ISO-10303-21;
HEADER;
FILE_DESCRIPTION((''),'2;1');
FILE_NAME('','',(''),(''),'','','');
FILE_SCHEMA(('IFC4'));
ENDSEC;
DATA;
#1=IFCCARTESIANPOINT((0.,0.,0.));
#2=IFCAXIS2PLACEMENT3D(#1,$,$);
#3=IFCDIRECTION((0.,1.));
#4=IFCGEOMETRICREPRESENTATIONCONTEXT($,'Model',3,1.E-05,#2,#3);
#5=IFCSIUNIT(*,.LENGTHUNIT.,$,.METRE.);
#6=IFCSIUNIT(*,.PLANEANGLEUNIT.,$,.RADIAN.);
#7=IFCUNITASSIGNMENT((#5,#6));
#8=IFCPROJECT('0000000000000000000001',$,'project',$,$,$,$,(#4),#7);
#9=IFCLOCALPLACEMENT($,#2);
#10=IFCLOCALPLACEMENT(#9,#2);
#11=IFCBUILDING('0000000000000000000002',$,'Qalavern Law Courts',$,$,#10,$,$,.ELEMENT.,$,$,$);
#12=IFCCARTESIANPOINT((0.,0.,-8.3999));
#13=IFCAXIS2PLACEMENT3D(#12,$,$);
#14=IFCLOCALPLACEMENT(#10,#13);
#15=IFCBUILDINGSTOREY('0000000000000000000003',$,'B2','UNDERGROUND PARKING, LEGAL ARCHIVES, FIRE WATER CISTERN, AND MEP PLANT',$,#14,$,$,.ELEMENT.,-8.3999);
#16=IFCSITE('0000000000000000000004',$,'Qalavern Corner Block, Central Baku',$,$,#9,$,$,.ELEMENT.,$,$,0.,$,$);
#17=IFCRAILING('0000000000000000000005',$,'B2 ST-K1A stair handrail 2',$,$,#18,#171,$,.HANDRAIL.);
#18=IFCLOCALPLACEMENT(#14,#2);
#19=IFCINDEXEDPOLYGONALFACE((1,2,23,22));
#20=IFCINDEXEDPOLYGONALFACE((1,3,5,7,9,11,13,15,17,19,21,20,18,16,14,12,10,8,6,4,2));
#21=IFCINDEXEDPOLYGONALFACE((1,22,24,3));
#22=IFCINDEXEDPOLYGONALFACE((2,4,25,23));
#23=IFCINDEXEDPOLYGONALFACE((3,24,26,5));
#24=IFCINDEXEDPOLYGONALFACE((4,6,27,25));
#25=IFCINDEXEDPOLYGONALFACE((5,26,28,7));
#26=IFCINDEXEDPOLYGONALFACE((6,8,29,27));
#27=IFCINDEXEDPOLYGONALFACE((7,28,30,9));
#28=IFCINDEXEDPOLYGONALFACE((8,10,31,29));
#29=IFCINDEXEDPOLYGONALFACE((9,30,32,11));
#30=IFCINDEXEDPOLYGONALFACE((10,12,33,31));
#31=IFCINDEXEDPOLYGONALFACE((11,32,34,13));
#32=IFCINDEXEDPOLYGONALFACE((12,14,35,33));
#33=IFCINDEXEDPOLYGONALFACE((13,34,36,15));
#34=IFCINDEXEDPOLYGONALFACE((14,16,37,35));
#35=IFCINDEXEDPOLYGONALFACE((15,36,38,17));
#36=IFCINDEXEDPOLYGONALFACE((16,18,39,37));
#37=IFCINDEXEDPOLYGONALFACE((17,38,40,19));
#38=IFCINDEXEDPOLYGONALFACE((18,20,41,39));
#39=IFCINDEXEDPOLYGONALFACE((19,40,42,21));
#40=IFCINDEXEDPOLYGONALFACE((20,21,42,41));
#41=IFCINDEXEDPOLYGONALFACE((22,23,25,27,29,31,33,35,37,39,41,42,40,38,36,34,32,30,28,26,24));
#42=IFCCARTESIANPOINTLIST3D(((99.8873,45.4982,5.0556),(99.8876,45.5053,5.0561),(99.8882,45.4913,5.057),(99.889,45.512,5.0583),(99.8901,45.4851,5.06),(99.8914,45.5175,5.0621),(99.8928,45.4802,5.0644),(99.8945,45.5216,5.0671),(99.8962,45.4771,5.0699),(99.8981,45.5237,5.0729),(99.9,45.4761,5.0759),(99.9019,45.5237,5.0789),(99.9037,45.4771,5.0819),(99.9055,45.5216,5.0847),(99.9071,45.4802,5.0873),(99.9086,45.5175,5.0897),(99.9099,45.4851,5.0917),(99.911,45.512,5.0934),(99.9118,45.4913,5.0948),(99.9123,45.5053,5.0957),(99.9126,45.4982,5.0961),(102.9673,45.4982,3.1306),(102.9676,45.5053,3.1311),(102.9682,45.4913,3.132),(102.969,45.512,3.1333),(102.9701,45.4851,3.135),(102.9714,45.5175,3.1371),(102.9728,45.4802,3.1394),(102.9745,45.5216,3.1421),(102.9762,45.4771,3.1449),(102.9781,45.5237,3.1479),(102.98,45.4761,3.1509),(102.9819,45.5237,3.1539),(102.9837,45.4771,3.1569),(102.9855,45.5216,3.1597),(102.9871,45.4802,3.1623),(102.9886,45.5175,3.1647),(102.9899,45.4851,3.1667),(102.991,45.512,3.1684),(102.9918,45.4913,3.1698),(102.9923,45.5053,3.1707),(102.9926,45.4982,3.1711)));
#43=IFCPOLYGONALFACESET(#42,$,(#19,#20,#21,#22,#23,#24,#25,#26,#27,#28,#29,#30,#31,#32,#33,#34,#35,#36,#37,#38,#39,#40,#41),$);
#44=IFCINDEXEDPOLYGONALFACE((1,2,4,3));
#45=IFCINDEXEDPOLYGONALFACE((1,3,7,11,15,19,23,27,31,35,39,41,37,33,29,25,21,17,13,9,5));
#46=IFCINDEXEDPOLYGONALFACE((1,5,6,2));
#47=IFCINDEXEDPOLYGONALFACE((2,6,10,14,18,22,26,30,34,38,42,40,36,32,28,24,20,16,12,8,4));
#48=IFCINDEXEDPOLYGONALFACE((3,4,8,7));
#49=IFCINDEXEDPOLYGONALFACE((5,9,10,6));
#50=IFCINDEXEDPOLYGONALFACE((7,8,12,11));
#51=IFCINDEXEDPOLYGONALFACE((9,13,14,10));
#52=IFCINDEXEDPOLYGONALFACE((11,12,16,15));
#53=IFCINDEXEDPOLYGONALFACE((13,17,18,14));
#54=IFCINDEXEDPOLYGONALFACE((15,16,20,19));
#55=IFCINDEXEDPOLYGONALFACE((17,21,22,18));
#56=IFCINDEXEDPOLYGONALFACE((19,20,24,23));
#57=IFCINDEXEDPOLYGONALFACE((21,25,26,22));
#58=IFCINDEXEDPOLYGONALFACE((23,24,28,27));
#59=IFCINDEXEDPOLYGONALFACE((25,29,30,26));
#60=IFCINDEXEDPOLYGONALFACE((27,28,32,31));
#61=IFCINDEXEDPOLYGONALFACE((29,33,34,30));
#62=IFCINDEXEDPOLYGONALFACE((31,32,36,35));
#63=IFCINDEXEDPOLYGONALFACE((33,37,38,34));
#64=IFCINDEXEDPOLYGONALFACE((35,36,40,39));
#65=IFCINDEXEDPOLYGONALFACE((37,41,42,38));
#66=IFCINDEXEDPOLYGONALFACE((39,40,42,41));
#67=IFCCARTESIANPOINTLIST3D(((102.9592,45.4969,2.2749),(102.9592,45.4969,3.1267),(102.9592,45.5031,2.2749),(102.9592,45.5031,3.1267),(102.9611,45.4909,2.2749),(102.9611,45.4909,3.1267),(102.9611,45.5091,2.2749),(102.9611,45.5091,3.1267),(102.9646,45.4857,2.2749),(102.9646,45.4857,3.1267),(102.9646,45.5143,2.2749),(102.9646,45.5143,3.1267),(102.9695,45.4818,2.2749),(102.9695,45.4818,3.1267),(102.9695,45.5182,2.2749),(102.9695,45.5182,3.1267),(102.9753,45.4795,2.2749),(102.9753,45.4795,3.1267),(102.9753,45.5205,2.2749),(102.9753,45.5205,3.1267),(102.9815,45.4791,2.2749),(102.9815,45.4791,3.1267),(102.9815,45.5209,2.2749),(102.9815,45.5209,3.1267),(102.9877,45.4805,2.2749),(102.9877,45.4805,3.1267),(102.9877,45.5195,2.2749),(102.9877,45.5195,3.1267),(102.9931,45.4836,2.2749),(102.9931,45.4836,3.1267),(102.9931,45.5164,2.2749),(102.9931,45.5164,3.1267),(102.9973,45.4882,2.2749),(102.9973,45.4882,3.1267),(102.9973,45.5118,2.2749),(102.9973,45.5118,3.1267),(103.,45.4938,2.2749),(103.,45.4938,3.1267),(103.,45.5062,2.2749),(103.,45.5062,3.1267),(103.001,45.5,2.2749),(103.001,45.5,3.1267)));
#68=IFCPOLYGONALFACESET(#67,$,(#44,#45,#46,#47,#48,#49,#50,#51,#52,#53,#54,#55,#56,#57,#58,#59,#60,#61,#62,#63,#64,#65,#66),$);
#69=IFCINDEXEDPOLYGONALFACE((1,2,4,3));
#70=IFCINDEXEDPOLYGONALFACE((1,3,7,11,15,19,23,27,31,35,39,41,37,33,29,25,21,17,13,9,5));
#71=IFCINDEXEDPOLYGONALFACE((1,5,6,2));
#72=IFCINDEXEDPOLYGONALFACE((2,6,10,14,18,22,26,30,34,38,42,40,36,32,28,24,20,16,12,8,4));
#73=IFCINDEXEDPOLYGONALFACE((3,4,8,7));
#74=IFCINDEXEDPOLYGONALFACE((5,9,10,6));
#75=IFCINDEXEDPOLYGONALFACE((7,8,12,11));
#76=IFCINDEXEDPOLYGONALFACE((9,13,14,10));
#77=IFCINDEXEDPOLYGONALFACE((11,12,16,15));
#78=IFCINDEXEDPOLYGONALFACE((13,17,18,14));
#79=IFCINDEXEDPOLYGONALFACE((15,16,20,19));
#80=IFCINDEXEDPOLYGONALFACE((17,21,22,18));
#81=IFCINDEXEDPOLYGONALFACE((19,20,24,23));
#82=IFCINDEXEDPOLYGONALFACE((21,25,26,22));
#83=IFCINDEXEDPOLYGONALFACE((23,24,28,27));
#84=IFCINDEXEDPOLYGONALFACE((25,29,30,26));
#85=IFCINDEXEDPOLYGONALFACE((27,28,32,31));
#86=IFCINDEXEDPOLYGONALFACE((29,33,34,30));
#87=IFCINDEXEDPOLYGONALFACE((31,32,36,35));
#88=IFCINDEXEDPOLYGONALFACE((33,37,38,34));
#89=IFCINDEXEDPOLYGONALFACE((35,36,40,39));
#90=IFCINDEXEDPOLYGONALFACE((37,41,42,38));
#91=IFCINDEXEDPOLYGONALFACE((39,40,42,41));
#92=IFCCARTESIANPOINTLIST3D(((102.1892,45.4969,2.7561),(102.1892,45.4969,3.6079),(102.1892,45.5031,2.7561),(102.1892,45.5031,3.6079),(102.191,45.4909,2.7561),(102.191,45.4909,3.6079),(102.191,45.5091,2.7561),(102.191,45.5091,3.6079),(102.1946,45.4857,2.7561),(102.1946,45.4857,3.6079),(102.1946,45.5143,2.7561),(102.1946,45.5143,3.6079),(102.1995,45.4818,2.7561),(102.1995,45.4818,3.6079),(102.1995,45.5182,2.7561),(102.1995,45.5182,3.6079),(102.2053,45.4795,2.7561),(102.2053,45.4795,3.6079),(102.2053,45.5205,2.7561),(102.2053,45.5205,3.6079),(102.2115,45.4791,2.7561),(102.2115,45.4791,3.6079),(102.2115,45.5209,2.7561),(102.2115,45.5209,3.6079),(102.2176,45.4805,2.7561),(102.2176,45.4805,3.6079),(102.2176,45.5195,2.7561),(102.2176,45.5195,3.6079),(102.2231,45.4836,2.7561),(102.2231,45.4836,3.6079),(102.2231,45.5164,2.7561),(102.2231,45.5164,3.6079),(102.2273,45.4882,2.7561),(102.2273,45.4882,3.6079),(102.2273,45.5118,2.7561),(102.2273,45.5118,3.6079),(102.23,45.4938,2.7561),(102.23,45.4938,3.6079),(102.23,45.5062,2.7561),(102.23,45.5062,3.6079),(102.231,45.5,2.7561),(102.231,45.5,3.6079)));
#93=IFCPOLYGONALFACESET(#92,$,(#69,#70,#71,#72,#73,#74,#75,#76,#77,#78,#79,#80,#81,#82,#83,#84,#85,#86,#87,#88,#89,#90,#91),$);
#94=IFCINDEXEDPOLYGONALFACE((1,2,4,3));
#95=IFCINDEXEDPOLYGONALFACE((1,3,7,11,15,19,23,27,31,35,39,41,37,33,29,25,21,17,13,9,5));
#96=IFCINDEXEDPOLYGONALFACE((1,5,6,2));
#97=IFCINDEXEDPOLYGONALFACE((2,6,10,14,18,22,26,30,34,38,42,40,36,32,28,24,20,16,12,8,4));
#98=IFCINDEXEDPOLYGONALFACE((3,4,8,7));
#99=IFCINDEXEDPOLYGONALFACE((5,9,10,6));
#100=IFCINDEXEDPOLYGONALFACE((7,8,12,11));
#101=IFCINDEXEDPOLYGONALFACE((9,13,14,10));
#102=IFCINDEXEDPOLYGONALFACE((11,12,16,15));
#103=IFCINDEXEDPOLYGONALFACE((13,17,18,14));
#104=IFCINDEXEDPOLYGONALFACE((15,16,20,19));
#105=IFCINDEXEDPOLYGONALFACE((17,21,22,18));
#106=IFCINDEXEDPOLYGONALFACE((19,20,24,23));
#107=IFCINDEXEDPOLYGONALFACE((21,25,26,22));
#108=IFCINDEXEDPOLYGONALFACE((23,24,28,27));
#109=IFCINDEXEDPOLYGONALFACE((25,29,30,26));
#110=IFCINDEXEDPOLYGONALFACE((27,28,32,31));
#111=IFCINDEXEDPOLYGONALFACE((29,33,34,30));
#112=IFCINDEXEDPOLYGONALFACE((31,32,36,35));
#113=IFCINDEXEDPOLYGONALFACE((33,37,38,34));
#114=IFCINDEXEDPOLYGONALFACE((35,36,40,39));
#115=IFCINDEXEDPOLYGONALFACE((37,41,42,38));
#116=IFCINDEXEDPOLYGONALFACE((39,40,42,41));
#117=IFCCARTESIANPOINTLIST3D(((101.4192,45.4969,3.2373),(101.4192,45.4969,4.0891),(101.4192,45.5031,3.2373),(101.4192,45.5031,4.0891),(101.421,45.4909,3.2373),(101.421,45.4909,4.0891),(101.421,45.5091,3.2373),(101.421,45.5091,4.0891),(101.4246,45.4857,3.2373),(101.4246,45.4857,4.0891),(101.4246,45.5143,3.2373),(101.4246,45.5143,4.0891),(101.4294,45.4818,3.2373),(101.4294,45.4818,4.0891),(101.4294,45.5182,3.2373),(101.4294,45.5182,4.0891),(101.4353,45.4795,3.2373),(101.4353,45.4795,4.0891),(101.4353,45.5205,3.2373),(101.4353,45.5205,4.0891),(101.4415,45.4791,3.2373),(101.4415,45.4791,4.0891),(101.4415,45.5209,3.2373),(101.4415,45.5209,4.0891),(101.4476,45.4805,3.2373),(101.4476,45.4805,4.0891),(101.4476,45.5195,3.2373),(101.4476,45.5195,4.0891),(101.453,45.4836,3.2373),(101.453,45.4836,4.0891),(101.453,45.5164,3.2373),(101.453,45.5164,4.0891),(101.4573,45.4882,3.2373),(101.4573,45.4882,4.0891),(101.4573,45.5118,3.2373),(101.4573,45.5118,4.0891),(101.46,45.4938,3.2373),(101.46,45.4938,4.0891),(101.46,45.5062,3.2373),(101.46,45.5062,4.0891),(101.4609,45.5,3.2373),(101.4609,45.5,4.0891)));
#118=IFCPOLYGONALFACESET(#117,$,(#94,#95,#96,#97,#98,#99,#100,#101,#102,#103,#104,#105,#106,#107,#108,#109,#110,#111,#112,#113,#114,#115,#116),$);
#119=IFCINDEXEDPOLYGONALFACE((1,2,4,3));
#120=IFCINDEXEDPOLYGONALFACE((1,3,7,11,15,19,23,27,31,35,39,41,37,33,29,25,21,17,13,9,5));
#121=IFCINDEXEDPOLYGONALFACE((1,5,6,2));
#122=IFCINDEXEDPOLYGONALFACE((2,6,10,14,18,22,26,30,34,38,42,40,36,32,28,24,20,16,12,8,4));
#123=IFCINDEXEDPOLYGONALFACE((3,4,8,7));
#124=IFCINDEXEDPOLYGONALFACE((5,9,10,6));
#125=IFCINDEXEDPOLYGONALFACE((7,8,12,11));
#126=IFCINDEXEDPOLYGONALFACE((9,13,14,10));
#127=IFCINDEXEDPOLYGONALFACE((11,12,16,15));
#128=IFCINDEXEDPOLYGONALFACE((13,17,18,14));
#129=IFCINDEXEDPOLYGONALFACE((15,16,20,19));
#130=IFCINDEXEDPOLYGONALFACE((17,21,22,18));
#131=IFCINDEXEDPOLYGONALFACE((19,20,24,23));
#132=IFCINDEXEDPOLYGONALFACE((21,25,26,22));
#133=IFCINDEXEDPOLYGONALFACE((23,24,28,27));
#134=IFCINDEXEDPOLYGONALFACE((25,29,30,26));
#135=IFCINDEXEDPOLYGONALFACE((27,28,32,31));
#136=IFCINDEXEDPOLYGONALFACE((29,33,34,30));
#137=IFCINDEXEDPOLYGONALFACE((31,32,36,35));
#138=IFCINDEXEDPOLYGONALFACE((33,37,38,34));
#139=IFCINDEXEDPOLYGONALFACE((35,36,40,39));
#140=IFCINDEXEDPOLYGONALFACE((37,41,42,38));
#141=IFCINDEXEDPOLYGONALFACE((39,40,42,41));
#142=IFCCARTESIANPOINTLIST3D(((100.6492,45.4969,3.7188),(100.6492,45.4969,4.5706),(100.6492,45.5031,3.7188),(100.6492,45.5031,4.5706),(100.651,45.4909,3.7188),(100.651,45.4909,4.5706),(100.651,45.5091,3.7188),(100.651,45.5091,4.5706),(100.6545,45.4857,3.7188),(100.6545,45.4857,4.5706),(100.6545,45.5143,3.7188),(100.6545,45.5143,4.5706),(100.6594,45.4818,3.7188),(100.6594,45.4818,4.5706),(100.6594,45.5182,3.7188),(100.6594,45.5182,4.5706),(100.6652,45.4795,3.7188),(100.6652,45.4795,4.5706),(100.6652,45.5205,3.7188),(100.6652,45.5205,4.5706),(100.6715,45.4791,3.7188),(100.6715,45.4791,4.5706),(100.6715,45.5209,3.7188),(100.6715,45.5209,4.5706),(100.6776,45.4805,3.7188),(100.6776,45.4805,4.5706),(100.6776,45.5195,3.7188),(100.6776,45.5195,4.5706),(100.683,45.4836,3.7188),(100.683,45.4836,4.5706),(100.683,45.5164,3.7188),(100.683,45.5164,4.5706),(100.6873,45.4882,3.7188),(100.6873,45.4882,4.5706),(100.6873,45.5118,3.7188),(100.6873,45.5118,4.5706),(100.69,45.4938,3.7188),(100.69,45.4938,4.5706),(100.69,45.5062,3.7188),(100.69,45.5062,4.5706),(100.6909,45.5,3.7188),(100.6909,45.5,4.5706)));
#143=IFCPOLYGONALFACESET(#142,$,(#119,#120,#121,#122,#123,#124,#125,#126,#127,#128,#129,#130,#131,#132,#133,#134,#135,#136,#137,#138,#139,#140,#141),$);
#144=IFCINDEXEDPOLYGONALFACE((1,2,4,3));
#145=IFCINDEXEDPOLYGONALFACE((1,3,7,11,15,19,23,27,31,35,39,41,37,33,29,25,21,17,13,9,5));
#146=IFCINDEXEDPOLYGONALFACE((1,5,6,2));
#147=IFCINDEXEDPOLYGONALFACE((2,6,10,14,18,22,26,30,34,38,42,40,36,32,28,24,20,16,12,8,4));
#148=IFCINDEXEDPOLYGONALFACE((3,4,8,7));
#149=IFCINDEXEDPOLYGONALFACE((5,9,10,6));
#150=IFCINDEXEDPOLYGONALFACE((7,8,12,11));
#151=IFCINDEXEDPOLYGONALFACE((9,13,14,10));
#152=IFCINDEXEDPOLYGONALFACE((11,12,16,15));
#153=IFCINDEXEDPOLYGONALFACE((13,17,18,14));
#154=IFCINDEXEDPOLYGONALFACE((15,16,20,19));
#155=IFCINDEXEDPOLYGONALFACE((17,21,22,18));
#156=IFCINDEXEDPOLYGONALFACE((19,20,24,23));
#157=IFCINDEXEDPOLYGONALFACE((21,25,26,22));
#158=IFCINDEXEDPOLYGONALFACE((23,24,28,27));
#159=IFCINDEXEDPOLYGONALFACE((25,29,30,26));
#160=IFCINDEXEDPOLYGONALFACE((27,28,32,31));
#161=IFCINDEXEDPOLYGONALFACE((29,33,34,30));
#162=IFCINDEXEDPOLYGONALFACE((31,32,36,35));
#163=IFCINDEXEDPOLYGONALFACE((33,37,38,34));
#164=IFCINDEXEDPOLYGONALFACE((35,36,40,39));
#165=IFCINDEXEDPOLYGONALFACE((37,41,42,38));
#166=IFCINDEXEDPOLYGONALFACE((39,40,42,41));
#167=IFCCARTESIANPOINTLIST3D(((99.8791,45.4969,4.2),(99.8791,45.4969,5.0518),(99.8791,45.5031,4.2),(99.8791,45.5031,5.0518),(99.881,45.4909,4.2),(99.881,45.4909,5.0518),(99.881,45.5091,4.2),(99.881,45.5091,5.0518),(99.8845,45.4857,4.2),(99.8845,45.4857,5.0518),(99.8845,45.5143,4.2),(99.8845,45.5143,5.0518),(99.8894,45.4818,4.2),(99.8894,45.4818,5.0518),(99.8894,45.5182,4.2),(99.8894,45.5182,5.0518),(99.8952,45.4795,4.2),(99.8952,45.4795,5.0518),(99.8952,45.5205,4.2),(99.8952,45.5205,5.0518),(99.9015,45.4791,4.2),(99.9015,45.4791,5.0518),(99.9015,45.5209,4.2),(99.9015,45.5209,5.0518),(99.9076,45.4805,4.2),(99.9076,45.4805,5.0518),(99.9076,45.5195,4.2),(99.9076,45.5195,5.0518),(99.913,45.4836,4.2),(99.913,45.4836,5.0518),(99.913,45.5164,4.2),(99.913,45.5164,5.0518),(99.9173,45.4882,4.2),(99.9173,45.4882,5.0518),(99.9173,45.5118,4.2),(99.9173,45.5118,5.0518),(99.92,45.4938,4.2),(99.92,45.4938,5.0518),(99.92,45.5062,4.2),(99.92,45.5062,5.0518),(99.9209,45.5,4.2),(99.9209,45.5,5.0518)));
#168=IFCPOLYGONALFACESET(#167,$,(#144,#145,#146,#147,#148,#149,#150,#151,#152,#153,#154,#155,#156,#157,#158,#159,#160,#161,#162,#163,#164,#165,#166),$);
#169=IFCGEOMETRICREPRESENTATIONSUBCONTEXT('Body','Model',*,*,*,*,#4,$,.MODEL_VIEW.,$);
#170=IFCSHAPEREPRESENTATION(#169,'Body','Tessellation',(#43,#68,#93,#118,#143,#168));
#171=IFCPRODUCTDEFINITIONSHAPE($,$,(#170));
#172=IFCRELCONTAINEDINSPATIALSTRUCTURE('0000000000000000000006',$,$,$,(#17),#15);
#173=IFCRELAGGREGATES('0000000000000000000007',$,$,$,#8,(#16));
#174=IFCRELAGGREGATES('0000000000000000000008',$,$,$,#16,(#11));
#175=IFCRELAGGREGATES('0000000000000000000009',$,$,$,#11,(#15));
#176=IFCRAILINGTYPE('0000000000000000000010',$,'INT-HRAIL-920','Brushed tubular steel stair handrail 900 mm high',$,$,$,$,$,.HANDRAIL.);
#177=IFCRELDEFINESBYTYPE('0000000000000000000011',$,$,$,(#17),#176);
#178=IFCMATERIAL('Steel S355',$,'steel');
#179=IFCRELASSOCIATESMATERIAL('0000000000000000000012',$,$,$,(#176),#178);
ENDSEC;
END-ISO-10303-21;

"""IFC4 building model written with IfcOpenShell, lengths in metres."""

from ifc_helpers import new_model, si_unit, direction, frame, origin, origin_2d, place, context, subcontext, project, spatial, circle, extrude, material, type_object, element, save


model = new_model("IFC4")

# Units and contexts
model_context = context("Model", 3, precision=1e-05, world=origin(), true_north=direction((0.0, 1.0)))
body_context = subcontext(model_context, "Body", "Model", "MODEL_VIEW")
ifc_project = project(units=[si_unit("LENGTHUNIT", "METRE"), si_unit("PLANEANGLEUNIT", "RADIAN")], contexts=[model_context])

# Site, building, storey
site_placement = place(None, origin())
site = spatial("IfcSite", under=ifc_project, at=site_placement, Name="Qalavern Corner Block, Central Baku", CompositionType="ELEMENT", RefElevation=0.0)
building_placement = place(site_placement, origin())
building = spatial("IfcBuilding", under=site, at=building_placement, Name="Qalavern Law Courts", CompositionType="ELEMENT")
storey_placement = place(building_placement, frame((0.0, 0.0, -8.3999)))
storey = spatial("IfcBuildingStorey", under=building, at=storey_placement, Name="B2", Description="UNDERGROUND PARKING, LEGAL ARCHIVES, FIRE WATER CISTERN, AND MEP PLANT", CompositionType="ELEMENT", Elevation=-8.3999)

# Railing
ifc_material_1 = material(Name="Steel S355", Category="steel")
railing_type_1 = type_object("IfcRailingType", Name="INT-HRAIL-920", Description="Brushed tubular steel stair handrail 900 mm high", PredefinedType="HANDRAIL", material=ifc_material_1)
for number, where, name in (
    (1, (102.98, 45.5, 2.2749), "B2 ST-K1A stair handrail 2"),
):
    element("IfcRailing", number, at=place(storey_placement, frame(where)), inside=storey, type_object=railing_type_1, Name=name, PredefinedType="HANDRAIL", context=body_context, shape_type="SweptSolid", body=[
        extrude(circle(Radius=0.0239, at=origin_2d()), frame((0.0, 0.0, 0.876), z_axis=(-0.847998, 0.0, 0.529999), x_axis=(0.0, -1.0, 0.0)), (0.0, 0.0, 1.0), 3.6321),
        extrude(circle(Radius=0.021, at=origin_2d()), origin(), (0.0, 0.0, 1.0), 0.8518),
        extrude(circle(Radius=0.021, at=origin_2d()), frame((-0.77, 0.0, 0.4812)), (0.0, 0.0, 1.0), 0.8518),
        extrude(circle(Radius=0.021, at=origin_2d()), frame((-1.54, 0.0, 0.9624)), (0.0, 0.0, 1.0), 0.8518),
        extrude(circle(Radius=0.021, at=origin_2d()), frame((-2.3101, 0.0, 1.4438)), (0.0, 0.0, 1.0), 0.8518),
        extrude(circle(Radius=0.021, at=origin_2d()), frame((-3.0801, 0.0, 1.925)), (0.0, 0.0, 1.0), 0.8518),
    ])

save(model, "model.ifc")
